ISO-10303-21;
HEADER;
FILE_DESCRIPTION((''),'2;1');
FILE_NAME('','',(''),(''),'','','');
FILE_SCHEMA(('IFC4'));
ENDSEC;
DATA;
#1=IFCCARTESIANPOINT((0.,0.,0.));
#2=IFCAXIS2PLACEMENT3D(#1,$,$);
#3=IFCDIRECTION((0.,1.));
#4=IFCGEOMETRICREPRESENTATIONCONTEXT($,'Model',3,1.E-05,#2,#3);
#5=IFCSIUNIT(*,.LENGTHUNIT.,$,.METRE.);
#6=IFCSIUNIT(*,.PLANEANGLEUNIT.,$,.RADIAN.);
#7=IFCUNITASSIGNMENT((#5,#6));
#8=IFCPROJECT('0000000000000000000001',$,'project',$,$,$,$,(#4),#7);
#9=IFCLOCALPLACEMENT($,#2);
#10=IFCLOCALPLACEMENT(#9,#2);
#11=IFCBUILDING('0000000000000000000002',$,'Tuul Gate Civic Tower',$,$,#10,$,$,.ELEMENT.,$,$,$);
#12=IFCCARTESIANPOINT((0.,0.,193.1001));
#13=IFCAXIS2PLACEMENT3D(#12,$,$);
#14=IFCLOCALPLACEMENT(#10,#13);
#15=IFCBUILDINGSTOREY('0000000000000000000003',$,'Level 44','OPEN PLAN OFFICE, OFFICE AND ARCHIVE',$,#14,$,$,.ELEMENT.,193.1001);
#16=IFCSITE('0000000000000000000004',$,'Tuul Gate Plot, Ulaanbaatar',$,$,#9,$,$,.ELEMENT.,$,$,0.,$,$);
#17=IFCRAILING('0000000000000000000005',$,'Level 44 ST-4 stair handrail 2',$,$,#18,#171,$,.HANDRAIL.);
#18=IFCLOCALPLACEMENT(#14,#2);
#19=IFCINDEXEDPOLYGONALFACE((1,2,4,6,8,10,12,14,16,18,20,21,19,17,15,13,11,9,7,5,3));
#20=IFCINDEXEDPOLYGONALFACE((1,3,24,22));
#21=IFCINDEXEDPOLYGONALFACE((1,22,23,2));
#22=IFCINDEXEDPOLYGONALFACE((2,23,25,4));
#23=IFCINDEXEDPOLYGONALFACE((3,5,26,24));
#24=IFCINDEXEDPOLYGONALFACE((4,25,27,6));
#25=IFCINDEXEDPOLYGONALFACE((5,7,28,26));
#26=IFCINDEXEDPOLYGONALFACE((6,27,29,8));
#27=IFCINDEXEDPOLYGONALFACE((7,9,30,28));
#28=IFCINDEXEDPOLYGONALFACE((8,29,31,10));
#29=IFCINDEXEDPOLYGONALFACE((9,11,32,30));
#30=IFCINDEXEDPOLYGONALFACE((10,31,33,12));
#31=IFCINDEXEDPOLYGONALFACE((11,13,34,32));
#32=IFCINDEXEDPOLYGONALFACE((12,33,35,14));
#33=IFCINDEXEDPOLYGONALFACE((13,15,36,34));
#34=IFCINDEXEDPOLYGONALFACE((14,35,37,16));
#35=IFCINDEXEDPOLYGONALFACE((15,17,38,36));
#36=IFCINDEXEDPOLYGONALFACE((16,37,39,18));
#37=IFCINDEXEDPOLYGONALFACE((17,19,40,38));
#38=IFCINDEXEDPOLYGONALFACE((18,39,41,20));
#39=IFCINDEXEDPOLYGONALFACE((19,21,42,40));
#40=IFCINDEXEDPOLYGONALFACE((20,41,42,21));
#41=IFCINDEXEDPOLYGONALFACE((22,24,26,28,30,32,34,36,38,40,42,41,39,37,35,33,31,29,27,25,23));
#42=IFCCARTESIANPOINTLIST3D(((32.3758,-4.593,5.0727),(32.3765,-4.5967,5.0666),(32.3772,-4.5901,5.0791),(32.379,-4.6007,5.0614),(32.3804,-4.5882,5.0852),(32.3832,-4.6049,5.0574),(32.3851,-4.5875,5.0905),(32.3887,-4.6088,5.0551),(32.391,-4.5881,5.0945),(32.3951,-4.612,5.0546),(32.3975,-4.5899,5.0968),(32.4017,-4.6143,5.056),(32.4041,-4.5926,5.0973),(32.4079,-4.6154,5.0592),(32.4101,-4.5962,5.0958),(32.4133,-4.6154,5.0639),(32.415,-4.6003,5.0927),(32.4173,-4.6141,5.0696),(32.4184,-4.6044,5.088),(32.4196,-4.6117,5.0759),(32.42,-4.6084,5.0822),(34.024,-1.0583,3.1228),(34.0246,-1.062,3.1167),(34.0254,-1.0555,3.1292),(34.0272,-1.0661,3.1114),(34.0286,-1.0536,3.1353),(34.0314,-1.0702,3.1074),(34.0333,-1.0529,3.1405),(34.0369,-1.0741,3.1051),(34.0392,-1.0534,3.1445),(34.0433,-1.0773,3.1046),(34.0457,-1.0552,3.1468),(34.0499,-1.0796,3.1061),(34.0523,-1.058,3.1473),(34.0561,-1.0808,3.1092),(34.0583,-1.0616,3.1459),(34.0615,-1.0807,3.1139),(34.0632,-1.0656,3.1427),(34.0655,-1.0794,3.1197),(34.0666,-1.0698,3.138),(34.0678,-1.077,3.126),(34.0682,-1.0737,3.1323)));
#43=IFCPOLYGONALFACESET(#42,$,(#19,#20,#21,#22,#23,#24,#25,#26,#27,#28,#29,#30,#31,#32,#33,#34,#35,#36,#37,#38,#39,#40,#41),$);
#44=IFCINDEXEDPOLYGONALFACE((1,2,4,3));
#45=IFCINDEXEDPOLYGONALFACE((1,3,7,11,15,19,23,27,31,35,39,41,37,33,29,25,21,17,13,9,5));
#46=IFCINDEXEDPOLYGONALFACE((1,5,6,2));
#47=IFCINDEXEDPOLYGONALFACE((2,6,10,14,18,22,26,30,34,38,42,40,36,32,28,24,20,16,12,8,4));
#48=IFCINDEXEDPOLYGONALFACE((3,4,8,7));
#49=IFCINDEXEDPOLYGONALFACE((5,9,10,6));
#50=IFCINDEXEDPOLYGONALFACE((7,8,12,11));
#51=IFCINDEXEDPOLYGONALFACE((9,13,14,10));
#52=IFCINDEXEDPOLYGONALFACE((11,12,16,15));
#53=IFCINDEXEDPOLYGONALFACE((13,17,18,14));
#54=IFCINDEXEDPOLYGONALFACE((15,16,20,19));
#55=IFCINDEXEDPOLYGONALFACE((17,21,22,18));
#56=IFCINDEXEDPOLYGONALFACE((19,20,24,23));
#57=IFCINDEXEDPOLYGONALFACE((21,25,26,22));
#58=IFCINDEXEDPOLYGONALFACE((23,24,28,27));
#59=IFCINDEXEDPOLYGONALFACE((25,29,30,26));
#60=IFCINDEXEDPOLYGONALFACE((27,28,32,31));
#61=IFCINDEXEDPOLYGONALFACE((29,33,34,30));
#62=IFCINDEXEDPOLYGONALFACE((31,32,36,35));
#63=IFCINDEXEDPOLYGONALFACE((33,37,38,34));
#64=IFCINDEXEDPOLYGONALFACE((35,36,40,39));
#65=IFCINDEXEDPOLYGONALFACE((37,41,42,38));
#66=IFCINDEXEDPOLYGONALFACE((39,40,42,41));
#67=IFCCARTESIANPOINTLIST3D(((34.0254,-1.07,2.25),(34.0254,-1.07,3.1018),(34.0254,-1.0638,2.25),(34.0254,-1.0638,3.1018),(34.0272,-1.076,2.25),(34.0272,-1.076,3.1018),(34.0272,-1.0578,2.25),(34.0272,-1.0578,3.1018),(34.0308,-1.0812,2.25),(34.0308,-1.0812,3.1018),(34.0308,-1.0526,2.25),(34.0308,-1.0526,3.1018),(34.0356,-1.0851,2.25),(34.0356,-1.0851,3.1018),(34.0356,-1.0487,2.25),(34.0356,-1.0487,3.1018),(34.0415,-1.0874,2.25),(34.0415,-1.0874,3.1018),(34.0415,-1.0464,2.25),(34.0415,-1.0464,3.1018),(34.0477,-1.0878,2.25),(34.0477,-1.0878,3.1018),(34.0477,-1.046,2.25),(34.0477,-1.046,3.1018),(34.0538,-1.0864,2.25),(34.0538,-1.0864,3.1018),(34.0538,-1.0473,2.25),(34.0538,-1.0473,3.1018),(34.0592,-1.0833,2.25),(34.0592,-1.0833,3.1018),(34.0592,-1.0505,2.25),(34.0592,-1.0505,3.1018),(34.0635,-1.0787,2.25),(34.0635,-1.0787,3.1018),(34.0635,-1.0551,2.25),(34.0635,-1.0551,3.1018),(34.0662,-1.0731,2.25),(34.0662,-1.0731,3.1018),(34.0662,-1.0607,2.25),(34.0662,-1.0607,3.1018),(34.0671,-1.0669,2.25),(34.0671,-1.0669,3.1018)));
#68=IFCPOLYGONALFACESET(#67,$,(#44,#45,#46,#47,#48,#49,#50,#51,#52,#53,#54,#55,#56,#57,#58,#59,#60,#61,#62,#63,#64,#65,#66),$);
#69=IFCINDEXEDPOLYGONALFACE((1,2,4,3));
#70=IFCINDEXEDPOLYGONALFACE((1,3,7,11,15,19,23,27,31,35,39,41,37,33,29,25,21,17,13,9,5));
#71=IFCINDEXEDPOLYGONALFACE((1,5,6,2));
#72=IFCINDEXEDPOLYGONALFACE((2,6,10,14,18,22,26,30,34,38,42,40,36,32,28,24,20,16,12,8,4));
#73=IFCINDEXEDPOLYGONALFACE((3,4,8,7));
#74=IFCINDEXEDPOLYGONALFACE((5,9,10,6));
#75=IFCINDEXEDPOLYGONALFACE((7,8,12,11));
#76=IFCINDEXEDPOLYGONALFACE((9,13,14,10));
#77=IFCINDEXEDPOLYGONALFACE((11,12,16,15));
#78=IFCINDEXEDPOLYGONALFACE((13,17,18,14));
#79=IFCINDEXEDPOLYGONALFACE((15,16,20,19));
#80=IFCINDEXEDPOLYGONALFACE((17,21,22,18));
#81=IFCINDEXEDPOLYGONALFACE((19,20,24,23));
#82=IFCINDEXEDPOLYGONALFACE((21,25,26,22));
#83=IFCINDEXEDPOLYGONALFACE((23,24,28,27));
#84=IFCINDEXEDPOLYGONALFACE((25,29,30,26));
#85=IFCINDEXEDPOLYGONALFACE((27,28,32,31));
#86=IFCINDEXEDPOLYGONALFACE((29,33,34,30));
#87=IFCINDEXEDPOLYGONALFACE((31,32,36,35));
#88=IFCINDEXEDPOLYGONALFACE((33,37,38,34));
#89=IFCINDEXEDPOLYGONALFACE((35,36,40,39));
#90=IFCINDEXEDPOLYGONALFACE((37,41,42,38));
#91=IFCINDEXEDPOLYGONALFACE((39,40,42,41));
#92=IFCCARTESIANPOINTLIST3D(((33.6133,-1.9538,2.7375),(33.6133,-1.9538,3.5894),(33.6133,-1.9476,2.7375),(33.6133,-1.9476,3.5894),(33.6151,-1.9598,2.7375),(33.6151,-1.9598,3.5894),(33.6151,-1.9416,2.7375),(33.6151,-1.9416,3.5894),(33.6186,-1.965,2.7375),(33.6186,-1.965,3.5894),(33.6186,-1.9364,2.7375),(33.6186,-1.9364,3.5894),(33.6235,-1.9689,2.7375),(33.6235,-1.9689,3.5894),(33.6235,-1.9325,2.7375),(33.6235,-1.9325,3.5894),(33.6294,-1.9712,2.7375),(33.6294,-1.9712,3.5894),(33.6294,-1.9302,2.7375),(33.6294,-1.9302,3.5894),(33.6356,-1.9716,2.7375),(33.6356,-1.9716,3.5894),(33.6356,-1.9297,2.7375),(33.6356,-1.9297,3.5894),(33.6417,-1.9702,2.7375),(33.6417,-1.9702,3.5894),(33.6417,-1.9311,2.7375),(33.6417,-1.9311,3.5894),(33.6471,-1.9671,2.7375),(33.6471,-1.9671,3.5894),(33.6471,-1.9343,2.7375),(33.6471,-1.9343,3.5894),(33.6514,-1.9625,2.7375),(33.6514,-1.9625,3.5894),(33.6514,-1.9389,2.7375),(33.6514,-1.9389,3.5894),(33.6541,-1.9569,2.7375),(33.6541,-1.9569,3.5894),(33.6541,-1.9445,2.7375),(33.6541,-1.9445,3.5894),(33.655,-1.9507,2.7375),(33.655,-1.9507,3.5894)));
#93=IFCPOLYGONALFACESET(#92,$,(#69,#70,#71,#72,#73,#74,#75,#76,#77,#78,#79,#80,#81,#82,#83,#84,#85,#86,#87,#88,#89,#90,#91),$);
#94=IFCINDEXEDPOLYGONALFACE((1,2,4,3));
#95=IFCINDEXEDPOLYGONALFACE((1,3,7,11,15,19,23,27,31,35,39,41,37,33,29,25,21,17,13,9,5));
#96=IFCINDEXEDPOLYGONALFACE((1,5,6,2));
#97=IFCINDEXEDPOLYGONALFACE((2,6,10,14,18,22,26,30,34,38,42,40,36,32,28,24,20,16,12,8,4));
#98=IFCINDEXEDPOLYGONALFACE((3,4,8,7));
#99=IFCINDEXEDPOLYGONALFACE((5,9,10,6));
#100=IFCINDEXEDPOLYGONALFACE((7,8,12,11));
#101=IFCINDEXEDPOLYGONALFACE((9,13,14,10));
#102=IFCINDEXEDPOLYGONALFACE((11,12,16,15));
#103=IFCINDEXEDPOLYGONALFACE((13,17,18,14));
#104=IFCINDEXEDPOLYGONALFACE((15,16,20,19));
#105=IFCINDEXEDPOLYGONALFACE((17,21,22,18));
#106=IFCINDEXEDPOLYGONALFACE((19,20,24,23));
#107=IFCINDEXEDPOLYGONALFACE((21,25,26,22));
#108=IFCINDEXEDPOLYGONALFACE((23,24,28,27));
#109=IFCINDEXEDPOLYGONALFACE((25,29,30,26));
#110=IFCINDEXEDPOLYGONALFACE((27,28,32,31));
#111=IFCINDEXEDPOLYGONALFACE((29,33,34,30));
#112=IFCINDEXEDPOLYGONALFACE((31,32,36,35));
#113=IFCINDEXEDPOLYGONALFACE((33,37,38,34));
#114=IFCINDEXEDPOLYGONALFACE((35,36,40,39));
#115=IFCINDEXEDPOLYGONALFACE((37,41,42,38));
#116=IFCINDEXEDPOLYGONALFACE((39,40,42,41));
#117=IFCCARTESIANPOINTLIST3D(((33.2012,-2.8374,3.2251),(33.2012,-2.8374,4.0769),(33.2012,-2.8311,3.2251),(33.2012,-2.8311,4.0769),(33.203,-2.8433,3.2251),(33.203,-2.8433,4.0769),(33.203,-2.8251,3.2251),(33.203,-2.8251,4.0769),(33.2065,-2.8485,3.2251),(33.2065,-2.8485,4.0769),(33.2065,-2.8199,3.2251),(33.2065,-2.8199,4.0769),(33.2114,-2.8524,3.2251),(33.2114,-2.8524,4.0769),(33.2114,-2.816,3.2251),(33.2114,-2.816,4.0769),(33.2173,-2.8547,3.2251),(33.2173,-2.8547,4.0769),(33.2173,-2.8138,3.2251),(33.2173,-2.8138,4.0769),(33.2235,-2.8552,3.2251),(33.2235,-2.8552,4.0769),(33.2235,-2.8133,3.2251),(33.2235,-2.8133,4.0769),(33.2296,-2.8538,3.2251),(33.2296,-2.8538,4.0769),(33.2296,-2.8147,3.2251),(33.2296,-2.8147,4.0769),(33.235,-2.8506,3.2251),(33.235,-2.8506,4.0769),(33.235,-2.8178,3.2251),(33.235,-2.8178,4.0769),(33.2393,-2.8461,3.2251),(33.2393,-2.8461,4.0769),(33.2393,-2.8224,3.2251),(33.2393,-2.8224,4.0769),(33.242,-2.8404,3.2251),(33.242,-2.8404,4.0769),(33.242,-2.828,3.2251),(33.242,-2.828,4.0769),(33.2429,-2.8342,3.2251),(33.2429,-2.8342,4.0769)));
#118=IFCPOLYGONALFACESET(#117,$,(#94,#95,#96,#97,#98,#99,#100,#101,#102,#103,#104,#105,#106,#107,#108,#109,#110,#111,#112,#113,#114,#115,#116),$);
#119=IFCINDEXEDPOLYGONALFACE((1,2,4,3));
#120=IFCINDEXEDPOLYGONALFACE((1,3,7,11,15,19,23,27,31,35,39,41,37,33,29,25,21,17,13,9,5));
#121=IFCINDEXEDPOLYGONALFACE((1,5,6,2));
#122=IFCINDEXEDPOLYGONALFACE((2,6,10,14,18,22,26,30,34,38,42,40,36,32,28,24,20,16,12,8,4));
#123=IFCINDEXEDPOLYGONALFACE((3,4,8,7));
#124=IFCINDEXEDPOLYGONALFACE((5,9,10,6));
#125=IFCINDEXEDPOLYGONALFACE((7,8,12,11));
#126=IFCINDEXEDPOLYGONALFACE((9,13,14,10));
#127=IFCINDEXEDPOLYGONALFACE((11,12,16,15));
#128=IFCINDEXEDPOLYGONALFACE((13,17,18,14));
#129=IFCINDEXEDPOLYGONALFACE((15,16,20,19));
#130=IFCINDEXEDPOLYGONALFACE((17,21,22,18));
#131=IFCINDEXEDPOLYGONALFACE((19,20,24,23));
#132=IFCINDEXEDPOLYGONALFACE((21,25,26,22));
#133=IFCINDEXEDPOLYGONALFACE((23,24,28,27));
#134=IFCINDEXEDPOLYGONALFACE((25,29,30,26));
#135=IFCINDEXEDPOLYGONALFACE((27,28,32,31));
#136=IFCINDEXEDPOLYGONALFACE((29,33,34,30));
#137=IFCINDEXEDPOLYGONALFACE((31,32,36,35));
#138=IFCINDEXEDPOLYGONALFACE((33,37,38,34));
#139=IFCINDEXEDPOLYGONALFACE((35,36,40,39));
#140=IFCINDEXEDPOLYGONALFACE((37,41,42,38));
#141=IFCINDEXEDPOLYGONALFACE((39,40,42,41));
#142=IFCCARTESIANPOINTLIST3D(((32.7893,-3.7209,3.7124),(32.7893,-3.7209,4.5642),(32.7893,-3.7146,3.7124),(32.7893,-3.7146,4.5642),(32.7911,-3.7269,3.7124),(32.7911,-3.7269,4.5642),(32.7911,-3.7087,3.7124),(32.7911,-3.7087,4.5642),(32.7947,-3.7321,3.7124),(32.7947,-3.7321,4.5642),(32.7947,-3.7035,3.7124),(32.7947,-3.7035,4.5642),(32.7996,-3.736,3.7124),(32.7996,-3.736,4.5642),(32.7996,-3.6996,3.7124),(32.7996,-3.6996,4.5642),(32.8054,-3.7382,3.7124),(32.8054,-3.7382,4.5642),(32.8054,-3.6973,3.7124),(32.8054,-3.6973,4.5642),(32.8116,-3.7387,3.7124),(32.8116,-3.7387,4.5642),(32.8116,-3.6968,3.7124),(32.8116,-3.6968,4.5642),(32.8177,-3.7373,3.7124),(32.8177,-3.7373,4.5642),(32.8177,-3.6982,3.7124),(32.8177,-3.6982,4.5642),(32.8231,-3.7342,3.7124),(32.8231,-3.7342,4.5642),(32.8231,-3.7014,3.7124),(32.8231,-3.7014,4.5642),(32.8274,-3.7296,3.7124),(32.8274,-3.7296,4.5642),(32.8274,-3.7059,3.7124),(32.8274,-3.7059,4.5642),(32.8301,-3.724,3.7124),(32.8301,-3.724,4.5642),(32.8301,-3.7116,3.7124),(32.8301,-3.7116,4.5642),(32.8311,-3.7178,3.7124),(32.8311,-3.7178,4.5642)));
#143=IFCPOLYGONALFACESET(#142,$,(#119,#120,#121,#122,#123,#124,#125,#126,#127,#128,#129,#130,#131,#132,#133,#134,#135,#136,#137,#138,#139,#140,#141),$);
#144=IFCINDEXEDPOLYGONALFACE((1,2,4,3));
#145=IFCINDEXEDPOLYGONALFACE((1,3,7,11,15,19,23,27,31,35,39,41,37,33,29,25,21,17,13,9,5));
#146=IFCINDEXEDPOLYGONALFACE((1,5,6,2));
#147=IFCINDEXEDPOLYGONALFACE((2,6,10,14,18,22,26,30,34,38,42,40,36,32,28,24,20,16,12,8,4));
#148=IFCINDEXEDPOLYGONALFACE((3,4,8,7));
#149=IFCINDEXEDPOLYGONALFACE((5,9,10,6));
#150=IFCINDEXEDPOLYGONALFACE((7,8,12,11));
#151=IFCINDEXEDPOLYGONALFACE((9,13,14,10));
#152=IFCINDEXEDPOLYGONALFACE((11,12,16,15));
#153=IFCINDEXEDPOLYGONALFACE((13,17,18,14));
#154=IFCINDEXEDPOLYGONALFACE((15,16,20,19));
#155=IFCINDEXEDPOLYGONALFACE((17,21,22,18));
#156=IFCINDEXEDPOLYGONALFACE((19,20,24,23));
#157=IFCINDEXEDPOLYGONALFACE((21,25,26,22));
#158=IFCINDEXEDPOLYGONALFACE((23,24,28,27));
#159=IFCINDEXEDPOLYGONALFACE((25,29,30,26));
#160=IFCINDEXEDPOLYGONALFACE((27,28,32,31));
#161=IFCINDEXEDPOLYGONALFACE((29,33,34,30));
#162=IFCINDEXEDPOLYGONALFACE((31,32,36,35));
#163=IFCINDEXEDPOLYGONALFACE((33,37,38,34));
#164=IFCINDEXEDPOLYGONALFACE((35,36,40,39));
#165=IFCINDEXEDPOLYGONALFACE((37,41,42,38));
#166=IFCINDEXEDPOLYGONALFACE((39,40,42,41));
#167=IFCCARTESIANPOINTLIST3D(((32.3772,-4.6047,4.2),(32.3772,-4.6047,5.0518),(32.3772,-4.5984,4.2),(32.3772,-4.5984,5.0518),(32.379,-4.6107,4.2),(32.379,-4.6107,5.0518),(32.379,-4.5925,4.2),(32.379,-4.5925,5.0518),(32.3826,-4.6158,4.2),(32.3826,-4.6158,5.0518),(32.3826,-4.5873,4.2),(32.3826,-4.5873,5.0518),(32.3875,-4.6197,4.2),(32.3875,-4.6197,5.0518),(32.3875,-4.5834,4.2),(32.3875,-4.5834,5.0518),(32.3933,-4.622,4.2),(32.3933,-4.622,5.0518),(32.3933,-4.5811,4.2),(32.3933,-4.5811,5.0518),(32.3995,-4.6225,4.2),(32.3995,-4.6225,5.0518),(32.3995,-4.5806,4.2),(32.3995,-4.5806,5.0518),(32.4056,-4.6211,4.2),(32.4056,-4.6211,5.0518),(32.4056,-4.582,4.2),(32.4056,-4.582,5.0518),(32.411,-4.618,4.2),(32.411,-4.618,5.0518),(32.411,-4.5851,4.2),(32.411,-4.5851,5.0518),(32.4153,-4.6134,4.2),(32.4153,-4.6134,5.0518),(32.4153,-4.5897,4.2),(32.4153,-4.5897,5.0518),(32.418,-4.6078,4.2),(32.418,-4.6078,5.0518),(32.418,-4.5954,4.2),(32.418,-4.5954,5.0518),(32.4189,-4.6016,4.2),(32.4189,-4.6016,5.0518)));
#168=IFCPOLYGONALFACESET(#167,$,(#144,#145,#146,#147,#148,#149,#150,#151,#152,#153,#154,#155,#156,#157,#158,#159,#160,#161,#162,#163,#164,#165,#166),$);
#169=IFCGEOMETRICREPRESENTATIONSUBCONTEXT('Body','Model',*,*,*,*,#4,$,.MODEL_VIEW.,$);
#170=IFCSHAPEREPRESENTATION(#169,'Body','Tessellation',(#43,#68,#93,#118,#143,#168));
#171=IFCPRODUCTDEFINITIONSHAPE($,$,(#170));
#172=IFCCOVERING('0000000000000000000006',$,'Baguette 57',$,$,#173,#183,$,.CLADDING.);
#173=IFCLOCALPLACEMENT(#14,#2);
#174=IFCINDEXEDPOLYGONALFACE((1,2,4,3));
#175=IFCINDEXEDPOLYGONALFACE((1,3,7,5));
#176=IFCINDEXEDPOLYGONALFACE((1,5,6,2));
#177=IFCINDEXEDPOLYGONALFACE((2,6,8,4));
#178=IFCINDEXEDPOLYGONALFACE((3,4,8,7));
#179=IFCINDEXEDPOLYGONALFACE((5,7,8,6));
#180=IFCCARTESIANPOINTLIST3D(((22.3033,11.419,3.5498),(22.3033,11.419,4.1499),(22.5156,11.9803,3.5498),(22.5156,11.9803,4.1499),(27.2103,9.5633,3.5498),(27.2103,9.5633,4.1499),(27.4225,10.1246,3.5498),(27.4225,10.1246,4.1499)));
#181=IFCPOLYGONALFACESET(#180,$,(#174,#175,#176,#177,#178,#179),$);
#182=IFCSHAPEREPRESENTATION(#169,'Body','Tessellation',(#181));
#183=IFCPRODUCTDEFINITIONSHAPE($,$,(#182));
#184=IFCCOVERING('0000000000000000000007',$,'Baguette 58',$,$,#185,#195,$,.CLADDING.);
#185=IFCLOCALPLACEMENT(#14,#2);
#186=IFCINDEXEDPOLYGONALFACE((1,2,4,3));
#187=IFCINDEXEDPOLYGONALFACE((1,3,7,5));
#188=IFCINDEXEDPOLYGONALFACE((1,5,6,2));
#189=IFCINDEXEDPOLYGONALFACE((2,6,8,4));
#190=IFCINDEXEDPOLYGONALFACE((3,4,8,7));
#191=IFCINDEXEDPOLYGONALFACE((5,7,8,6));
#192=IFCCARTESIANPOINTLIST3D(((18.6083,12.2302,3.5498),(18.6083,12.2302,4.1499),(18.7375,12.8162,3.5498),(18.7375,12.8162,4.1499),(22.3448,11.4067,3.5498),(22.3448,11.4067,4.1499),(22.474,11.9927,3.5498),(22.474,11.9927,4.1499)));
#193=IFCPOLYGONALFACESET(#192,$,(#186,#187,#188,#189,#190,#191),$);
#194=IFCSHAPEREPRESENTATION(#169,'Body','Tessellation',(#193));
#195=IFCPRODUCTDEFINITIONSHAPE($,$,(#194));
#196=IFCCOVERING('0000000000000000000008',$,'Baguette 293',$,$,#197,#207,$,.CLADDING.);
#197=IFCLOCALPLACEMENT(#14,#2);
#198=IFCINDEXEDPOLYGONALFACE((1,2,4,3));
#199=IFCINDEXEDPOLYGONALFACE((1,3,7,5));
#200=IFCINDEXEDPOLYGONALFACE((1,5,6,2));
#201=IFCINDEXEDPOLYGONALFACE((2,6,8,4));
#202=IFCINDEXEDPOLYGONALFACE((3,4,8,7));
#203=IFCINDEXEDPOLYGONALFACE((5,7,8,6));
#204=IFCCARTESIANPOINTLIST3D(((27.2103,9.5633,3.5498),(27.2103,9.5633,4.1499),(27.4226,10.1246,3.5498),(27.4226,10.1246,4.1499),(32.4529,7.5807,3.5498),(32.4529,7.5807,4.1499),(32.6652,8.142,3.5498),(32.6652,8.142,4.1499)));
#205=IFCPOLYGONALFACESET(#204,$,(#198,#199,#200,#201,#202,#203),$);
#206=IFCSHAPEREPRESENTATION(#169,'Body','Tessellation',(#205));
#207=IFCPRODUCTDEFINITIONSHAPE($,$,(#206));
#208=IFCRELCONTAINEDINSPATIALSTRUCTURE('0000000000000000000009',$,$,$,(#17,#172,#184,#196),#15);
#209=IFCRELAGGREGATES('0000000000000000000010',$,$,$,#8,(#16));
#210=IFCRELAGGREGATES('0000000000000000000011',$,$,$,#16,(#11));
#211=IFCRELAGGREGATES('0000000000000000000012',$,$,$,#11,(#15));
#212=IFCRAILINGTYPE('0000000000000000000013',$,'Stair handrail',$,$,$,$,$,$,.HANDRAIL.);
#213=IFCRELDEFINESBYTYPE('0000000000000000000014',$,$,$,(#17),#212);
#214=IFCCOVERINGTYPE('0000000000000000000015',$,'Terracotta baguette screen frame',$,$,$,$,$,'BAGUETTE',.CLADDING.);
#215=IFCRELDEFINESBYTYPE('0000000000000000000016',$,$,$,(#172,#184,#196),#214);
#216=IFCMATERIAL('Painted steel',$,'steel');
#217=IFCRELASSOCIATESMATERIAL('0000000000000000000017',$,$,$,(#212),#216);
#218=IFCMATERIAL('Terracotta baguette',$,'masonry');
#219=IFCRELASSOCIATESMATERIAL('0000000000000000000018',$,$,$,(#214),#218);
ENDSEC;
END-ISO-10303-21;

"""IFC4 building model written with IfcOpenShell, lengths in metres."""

from ifc_helpers import new_model, si_unit, direction, frame, origin, origin_2d, place, context, subcontext, project, spatial, rectangle, circle, extrude, material, material_profile, profile_set, type_object, element, save


model = new_model("IFC4")

# Units and contexts
model_context = context("Model", 3, precision=1e-05, world=origin(), true_north=direction((0.0, 1.0)))
body_context = subcontext(model_context, "Body", "Model", "MODEL_VIEW")
ifc_project = project(units=[si_unit("LENGTHUNIT", "METRE"), si_unit("PLANEANGLEUNIT", "RADIAN")], contexts=[model_context])

# Site, building, storey
site_placement = place(None, origin())
site = spatial("IfcSite", under=ifc_project, at=site_placement, Name="Tuul Gate Plot, Ulaanbaatar", CompositionType="ELEMENT", RefElevation=0.0)
building_placement = place(site_placement, origin())
building = spatial("IfcBuilding", under=site, at=building_placement, Name="Tuul Gate Civic Tower", CompositionType="ELEMENT")
storey_placement = place(building_placement, frame((0.0, 0.0, 193.1001)))
storey = spatial("IfcBuildingStorey", under=building, at=storey_placement, Name="Level 44", Description="OPEN PLAN OFFICE, OFFICE AND ARCHIVE", CompositionType="ELEMENT", Elevation=193.1001)

# Railing
ifc_material_1 = material(Name="Painted steel", Category="steel")
railing_type = type_object("IfcRailingType", Name="Stair handrail", PredefinedType="HANDRAIL", material=ifc_material_1)
railing_placement = place(storey_placement, frame((34.0461, -1.0669, 2.25)))
element("IfcRailing", 1, at=railing_placement, inside=storey, type_object=railing_type, Name="Level 44 ST-4 stair handrail 2", PredefinedType="HANDRAIL", context=body_context, shape_type="SweptSolid", body=[
    extrude(circle(Radius=0.0239, at=origin_2d()), frame((0.0, 0.0, 0.876), z_axis=(-0.377995, -0.810637, 0.4472), x_axis=(0.906313, -0.422608, 0.0)), (0.0, 0.0, 1.0), 4.3604),
    extrude(circle(Radius=0.021, at=origin_2d()), origin(), (0.0, 0.0, 1.0), 0.8518),
    extrude(circle(Radius=0.021, at=origin_2d()), frame((-0.4121, -0.8838, 0.4875)), (0.0, 0.0, 1.0), 0.8518),
    extrude(circle(Radius=0.021, at=origin_2d()), frame((-0.8242, -1.7673, 0.9751)), (0.0, 0.0, 1.0), 0.8518),
    extrude(circle(Radius=0.021, at=origin_2d()), frame((-1.2361, -2.6509, 1.4624)), (0.0, 0.0, 1.0), 0.8518),
    extrude(circle(Radius=0.021, at=origin_2d()), frame((-1.6482, -3.5347, 1.95)), (0.0, 0.0, 1.0), 0.8518),
])

# Coverings
ifc_material_2 = material(Name="Terracotta baguette", Category="masonry")
ifc_material_profile_1 = material_profile(ifc_material_2, rectangle(XDim=0.6001, YDim=0.6001, at=origin_2d()), Name="Terracotta baguette screen frame")
ifc_profile_set_1 = profile_set([ifc_material_profile_1], Name="Terracotta baguette")
covering_type = type_object("IfcCoveringType", Name="Terracotta baguette screen frame", ElementType="BAGUETTE", PredefinedType="CLADDING", material=ifc_profile_set_1)
covering_1_placement = place(storey_placement, frame((27.3164, 9.844, 3.8499), z_axis=(-0.935348, 0.353728, 0.0), x_axis=(-0.353728, -0.935348, 0.0)))
element("IfcCovering", 2, at=covering_1_placement, inside=storey, type_object=covering_type, Name="Baguette 57", PredefinedType="CLADDING", context=body_context, shape_type="SweptSolid", body=[
    extrude(rectangle(XDim=0.6001, YDim=0.6001, at=origin_2d()), origin(), (0.0, 0.0, 1.0), 5.2461),
])
covering_2_placement = place(storey_placement, frame((22.4094, 11.6997, 3.8499), z_axis=(-0.976565, 0.215221, 0.0), x_axis=(-0.215221, -0.976565, 0.0)))
element("IfcCovering", 3, at=covering_2_placement, inside=storey, type_object=covering_type, Name="Baguette 58", PredefinedType="CLADDING", context=body_context, shape_type="SweptSolid", body=[
    extrude(rectangle(XDim=0.6001, YDim=0.6001, at=origin_2d()), origin(), (0.0, 0.0, 1.0), 3.8262),
])
covering_3_placement = place(storey_placement, frame((32.5591, 7.8613, 3.8499), z_axis=(-0.935348, 0.353728, 0.0), x_axis=(-0.353728, -0.935348, 0.0)))
element("IfcCovering", 4, at=covering_3_placement, inside=storey, type_object=covering_type, Name="Baguette 293", PredefinedType="CLADDING", context=body_context, shape_type="SweptSolid", body=[
    extrude(rectangle(XDim=0.6001, YDim=0.6001, at=origin_2d()), origin(), (0.0, 0.0, 1.0), 5.605),
])

save(model, "model.ifc")
